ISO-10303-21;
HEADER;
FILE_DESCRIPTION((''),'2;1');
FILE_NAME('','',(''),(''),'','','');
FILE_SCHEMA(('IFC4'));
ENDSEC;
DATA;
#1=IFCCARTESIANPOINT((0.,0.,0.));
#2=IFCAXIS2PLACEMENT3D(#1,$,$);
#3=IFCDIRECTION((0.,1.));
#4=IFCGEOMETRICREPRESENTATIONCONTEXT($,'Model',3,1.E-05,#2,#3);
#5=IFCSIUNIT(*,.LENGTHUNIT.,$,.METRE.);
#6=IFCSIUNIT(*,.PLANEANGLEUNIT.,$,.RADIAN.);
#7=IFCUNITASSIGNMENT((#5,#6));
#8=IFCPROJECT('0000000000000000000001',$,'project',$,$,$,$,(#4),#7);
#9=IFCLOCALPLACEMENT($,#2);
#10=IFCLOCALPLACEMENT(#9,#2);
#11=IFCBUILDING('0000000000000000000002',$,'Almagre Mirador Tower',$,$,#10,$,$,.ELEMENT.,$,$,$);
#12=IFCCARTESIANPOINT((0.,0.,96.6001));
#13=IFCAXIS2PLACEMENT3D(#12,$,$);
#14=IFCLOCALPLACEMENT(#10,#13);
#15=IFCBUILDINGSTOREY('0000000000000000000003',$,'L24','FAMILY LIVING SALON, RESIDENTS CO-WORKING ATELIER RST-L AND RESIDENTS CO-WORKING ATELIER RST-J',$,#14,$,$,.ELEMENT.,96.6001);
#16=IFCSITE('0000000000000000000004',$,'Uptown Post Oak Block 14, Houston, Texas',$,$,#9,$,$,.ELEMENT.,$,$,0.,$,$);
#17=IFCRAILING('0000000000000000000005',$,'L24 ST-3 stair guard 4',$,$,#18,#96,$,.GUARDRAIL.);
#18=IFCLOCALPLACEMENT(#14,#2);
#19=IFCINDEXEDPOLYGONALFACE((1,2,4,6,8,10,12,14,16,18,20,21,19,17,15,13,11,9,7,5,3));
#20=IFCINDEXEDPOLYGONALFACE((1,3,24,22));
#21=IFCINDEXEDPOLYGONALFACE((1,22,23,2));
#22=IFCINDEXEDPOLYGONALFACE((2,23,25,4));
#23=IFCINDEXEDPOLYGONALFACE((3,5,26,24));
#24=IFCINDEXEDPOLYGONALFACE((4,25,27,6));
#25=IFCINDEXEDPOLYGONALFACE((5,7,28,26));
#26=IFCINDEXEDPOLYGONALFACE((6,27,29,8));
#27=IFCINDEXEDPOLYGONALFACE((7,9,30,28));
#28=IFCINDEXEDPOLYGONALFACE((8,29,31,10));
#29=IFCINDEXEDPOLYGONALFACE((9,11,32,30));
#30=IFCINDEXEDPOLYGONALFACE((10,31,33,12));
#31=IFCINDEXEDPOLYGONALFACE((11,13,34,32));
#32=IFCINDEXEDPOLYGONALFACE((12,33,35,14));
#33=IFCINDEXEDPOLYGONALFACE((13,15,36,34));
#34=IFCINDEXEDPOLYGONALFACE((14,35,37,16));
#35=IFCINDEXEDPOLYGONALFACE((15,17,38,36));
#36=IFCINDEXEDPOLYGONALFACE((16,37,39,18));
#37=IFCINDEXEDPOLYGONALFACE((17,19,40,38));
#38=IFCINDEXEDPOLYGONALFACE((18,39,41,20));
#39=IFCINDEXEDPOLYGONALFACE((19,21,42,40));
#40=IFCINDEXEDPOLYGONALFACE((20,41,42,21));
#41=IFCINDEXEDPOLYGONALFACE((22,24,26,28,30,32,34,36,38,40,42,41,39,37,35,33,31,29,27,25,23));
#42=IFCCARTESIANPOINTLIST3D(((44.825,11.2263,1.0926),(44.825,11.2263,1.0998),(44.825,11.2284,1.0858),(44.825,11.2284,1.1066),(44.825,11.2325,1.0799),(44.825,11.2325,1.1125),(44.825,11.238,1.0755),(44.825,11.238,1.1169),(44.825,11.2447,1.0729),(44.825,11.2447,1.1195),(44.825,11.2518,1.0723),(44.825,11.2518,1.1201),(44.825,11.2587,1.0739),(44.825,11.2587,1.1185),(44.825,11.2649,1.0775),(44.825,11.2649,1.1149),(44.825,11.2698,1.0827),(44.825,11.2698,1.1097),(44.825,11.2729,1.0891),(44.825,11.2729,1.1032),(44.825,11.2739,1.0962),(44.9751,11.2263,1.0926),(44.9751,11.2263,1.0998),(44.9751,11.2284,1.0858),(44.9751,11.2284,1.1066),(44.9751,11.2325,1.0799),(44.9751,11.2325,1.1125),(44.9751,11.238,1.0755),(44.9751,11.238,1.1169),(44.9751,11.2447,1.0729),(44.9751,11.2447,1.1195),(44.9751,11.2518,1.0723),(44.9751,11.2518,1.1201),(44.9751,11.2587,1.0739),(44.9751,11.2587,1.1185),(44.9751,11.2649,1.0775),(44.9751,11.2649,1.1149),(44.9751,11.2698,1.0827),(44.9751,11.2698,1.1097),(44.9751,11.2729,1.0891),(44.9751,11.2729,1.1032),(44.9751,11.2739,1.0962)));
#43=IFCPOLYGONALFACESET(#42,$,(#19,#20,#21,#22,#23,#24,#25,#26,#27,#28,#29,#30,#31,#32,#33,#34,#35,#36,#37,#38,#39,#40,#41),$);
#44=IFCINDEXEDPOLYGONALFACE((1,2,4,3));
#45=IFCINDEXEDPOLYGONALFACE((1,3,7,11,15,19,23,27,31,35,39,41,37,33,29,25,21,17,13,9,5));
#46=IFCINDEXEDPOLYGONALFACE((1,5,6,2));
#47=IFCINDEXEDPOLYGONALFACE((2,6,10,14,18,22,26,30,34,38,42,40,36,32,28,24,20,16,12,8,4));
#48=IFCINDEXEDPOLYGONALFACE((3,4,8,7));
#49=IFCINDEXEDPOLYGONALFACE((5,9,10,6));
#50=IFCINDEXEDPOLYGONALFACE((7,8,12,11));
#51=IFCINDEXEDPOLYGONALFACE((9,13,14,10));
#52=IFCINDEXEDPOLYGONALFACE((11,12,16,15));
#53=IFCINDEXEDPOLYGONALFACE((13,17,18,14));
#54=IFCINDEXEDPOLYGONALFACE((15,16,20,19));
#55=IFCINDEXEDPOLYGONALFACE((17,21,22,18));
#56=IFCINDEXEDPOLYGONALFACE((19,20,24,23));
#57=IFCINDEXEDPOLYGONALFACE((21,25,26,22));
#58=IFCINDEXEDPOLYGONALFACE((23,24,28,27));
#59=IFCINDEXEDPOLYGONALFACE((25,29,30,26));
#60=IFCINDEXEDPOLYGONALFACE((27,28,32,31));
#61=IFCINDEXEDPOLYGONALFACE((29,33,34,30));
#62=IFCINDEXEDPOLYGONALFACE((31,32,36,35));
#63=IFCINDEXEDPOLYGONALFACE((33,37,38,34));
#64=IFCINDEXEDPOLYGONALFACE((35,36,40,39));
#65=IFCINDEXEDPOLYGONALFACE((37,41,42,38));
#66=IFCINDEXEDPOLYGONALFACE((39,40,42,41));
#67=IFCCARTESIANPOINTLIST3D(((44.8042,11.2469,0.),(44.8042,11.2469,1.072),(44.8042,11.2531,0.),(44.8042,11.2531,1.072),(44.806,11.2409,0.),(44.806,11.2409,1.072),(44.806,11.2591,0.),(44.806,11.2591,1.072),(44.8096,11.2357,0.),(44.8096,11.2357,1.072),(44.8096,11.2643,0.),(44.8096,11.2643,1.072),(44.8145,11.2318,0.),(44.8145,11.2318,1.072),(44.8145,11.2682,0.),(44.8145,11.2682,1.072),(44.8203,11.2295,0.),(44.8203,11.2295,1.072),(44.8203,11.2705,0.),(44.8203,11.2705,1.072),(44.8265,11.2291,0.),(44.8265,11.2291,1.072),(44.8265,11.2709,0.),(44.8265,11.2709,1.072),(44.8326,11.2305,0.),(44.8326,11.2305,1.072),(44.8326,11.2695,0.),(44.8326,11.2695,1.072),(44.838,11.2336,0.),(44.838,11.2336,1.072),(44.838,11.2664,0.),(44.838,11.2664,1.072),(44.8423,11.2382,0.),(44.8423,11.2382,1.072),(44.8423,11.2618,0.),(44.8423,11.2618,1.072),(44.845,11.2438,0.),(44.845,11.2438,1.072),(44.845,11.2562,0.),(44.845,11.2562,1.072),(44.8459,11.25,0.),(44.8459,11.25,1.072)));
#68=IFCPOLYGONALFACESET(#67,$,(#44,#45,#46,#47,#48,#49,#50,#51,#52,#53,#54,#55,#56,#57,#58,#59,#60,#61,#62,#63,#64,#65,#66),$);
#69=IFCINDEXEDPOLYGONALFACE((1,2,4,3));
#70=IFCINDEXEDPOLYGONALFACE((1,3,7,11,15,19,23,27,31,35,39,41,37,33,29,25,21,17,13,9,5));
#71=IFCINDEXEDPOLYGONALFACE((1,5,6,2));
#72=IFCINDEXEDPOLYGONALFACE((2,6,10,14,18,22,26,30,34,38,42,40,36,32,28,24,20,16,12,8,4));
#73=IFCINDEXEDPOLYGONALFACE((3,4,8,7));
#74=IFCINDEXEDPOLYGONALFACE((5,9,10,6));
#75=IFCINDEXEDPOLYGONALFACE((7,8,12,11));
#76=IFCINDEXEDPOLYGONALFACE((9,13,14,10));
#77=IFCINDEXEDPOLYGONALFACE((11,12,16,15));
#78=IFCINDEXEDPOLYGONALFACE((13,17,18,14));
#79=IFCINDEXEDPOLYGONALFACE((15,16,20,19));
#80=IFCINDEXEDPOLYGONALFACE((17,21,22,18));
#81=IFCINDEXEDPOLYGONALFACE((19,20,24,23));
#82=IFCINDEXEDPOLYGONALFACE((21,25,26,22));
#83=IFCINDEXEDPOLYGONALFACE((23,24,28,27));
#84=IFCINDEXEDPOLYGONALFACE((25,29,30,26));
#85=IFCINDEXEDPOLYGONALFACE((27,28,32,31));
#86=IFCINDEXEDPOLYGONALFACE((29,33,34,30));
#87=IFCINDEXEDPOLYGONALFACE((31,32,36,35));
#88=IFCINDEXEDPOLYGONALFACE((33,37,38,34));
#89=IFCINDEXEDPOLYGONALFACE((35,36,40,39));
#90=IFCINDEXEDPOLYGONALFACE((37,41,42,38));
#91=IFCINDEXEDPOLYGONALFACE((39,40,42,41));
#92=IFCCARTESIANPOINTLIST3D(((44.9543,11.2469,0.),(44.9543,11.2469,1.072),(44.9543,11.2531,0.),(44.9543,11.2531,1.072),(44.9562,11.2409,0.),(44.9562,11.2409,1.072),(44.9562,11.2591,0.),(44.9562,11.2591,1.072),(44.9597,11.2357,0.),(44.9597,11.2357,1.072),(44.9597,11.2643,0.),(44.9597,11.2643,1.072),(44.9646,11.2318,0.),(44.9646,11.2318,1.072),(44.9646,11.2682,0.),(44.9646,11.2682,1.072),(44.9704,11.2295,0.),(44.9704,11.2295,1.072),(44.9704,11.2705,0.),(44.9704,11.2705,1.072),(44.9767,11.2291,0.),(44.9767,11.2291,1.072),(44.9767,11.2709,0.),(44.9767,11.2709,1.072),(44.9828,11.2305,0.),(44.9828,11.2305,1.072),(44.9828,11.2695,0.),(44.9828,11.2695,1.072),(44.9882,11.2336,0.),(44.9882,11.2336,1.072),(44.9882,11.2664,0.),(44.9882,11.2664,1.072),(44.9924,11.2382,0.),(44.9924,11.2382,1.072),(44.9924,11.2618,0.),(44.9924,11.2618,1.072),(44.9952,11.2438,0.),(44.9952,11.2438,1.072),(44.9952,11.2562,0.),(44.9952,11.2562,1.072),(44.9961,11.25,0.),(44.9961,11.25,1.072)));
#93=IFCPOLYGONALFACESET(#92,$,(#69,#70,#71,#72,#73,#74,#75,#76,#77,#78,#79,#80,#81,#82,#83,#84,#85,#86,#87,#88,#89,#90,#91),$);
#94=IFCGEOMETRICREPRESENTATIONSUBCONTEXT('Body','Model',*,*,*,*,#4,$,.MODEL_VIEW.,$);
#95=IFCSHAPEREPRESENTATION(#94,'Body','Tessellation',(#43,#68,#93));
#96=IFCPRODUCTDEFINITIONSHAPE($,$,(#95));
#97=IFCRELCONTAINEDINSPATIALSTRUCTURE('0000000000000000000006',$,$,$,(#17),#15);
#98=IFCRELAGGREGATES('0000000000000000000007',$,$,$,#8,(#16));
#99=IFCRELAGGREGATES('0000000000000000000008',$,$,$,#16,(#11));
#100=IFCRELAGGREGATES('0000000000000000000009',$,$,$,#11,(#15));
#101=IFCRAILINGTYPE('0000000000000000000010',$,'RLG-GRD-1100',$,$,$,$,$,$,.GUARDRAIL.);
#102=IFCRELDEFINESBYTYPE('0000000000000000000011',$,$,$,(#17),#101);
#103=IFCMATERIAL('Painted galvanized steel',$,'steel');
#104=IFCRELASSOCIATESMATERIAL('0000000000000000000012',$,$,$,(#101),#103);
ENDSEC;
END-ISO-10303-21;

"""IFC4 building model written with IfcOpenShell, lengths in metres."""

from ifc_helpers import new_model, si_unit, direction, frame, origin, origin_2d, place, context, subcontext, project, spatial, circle, extrude, material, type_object, element, save


model = new_model("IFC4")

# Units and contexts
model_context = context("Model", 3, precision=1e-05, world=origin(), true_north=direction((0.0, 1.0)))
body_context = subcontext(model_context, "Body", "Model", "MODEL_VIEW")
ifc_project = project(units=[si_unit("LENGTHUNIT", "METRE"), si_unit("PLANEANGLEUNIT", "RADIAN")], contexts=[model_context])

# Site, building, storey
site_placement = place(None, origin())
site = spatial("IfcSite", under=ifc_project, at=site_placement, Name="Uptown Post Oak Block 14, Houston, Texas", CompositionType="ELEMENT", RefElevation=0.0)
building_placement = place(site_placement, origin())
building = spatial("IfcBuilding", under=site, at=building_placement, Name="Almagre Mirador Tower", CompositionType="ELEMENT")
storey_placement = place(building_placement, frame((0.0, 0.0, 96.6001)))
storey = spatial("IfcBuildingStorey", under=building, at=storey_placement, Name="L24", Description="FAMILY LIVING SALON, RESIDENTS CO-WORKING ATELIER RST-L AND RESIDENTS CO-WORKING ATELIER RST-J", CompositionType="ELEMENT", Elevation=96.6001)

# Railing
ifc_material_1 = material(Name="Painted galvanized steel", Category="steel")
railing_type_1 = type_object("IfcRailingType", Name="RLG-GRD-1100", PredefinedType="GUARDRAIL", material=ifc_material_1)
railing_1_placement = place(storey_placement, frame((44.825, 11.25, 0.0)))
element("IfcRailing", 1, at=railing_1_placement, inside=storey, type_object=railing_type_1, Name="L24 ST-3 stair guard 4", PredefinedType="GUARDRAIL", context=body_context, shape_type="SweptSolid", body=[
    extrude(circle(Radius=0.0239, at=origin_2d()), frame((0.0, 0.0, 1.0962), z_axis=(1.0, 0.0, 0.0), x_axis=(0.0, 1.0, 0.0)), (0.0, 0.0, 1.0), 0.1501),
    extrude(circle(Radius=0.021, at=origin_2d()), origin(), (0.0, 0.0, 1.0), 1.072),
    extrude(circle(Radius=0.021, at=origin_2d()), frame((0.1501, 0.0, 0.0)), (0.0, 0.0, 1.0), 1.072),
])

save(model, "model.ifc")
